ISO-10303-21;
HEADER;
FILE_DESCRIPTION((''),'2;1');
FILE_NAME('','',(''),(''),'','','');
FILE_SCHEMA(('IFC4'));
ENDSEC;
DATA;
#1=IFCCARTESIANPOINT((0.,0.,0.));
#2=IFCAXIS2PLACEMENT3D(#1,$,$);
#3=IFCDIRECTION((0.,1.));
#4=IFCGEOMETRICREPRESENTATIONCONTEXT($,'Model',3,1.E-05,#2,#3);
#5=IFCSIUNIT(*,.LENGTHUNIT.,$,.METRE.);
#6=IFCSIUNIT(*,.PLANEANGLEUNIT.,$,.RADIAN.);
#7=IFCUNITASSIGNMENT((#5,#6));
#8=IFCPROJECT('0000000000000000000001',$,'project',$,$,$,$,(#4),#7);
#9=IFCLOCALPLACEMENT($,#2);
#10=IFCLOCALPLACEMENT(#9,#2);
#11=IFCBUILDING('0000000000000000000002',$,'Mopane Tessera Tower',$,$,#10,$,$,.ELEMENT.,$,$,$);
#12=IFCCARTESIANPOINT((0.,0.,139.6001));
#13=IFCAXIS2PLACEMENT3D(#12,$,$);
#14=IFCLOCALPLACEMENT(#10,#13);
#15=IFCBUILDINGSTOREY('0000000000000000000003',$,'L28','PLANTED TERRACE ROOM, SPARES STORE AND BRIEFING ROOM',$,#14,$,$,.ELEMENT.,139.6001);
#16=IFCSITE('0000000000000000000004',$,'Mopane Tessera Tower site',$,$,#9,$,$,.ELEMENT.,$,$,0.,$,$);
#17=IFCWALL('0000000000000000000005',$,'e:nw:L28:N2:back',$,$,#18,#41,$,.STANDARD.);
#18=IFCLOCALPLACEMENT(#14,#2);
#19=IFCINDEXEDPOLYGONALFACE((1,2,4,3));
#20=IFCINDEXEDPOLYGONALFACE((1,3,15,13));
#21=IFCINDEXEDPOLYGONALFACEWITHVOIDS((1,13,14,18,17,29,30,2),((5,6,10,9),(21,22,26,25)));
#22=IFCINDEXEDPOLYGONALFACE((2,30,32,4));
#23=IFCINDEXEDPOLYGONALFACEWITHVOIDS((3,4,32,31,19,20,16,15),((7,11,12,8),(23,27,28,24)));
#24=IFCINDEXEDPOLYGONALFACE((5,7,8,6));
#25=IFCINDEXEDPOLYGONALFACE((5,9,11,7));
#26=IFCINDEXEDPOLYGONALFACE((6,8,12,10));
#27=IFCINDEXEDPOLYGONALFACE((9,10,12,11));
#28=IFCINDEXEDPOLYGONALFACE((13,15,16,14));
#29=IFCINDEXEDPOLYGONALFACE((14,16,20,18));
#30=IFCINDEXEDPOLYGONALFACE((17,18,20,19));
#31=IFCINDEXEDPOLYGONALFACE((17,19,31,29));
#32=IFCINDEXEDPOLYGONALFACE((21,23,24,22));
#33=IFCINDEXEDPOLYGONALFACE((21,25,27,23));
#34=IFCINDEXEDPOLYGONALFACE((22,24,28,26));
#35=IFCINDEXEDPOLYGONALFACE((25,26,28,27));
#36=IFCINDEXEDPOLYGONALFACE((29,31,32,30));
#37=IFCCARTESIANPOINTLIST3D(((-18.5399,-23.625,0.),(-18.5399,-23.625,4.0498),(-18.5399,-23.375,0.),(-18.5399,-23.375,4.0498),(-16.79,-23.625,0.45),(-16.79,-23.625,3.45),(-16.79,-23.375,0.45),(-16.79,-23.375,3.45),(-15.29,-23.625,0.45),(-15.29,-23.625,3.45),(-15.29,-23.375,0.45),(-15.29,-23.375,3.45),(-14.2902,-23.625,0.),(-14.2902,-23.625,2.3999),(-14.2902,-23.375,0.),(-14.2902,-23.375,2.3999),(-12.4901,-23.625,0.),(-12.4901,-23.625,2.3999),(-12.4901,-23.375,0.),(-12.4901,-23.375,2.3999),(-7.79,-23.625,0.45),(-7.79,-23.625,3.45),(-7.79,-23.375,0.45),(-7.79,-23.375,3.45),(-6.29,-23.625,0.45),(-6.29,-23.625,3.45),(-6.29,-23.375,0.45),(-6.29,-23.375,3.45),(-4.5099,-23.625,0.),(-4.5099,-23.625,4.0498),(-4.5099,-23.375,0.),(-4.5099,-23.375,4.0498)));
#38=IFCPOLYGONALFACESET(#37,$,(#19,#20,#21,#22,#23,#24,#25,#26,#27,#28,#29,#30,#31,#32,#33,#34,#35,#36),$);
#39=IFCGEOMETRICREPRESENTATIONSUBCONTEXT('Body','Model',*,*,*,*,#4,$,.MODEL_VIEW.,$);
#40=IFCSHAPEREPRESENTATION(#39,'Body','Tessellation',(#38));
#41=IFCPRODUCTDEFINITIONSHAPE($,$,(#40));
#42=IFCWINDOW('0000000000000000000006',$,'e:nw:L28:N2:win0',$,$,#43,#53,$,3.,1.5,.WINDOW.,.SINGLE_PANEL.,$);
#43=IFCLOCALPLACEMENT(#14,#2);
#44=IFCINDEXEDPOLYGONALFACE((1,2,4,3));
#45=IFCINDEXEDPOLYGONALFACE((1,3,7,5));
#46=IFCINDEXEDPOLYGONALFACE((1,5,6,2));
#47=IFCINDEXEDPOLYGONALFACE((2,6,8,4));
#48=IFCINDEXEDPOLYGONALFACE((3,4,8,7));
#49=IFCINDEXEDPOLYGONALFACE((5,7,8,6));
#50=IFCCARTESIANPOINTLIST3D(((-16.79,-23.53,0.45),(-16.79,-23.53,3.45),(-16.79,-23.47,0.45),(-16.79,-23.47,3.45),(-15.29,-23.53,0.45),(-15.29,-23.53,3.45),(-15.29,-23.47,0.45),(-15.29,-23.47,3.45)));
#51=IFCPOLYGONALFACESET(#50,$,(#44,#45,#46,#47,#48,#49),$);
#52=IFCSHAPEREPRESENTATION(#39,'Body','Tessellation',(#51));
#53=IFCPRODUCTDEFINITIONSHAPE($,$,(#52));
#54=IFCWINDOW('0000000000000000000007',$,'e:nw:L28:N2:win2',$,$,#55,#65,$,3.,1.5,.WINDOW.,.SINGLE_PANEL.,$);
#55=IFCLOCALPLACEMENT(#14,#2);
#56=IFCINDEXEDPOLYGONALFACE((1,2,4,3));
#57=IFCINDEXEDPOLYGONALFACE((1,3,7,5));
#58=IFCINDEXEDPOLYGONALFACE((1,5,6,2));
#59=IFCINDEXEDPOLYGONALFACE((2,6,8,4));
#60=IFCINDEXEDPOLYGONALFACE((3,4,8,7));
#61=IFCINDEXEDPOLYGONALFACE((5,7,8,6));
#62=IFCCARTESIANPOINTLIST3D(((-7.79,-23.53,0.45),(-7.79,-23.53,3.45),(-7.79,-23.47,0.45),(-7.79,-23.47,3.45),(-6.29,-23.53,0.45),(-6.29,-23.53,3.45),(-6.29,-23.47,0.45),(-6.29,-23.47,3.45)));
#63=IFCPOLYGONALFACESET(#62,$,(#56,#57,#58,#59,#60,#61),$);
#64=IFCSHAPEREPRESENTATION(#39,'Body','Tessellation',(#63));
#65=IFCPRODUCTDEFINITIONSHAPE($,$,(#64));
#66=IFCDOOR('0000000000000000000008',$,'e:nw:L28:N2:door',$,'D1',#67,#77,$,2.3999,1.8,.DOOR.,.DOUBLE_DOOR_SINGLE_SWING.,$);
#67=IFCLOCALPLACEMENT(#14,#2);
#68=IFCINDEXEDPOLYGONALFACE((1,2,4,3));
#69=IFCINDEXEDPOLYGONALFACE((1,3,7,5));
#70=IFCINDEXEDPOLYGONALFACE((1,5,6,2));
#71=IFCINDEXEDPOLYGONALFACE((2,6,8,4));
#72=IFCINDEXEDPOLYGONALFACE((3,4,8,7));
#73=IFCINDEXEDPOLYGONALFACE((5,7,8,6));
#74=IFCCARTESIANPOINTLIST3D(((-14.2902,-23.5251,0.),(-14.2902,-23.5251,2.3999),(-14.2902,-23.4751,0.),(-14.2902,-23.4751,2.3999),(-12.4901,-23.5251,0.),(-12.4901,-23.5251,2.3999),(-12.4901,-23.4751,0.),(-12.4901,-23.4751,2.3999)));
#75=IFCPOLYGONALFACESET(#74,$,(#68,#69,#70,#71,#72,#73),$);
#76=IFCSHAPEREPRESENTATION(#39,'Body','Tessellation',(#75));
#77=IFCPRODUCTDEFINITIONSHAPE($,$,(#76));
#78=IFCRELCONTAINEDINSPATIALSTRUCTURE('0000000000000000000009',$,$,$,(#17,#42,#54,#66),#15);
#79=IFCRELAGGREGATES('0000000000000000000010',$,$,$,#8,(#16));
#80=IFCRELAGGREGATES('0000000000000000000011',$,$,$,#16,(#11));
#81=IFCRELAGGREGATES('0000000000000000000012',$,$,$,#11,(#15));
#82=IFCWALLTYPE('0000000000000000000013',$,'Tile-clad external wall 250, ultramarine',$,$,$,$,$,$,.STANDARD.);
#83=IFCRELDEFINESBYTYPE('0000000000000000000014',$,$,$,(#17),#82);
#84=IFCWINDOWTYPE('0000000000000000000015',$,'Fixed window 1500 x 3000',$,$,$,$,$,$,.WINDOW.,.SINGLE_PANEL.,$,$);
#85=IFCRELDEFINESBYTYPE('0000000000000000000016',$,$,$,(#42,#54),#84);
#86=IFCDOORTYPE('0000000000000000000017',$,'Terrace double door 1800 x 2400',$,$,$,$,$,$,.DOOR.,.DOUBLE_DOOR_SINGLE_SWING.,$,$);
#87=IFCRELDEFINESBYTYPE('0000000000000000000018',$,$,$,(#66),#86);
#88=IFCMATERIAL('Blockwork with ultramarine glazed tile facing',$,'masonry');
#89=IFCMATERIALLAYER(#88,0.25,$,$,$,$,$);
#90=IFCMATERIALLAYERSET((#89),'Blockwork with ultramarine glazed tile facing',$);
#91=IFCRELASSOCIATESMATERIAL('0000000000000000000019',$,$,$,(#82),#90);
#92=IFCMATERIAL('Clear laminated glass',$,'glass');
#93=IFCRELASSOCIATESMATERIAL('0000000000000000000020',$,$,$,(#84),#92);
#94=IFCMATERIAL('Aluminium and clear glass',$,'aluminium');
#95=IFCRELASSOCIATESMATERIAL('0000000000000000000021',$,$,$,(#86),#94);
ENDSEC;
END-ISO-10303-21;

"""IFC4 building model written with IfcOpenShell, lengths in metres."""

from ifc_helpers import new_model, si_unit, direction, frame, frame_2d, origin, place, context, subcontext, project, spatial, rectangle, extrude, material, layer, layer_set, type_object, element, fill, save


model = new_model("IFC4")

# Units and contexts
model_context = context("Model", 3, precision=1e-05, world=origin(), true_north=direction((0.0, 1.0)))
body_context = subcontext(model_context, "Body", "Model", "MODEL_VIEW")
ifc_project = project(units=[si_unit("LENGTHUNIT", "METRE"), si_unit("PLANEANGLEUNIT", "RADIAN")], contexts=[model_context])

# Site, building, storey
site_placement = place(None, origin())
site = spatial("IfcSite", under=ifc_project, at=site_placement, Name="Mopane Tessera Tower site", CompositionType="ELEMENT", RefElevation=0.0)
building_placement = place(site_placement, origin())
building = spatial("IfcBuilding", under=site, at=building_placement, Name="Mopane Tessera Tower", CompositionType="ELEMENT")
storey_placement = place(building_placement, frame((0.0, 0.0, 139.6001)))
storey = spatial("IfcBuildingStorey", under=building, at=storey_placement, Name="L28", Description="PLANTED TERRACE ROOM, SPARES STORE AND BRIEFING ROOM", CompositionType="ELEMENT", Elevation=139.6001)

# Wall, openings, windows, door
ifc_material_1 = material(Name="Blockwork with ultramarine glazed tile facing", Category="masonry")
ifc_layer_1 = layer(ifc_material_1, 0.25)
ifc_layer_set_1 = layer_set([ifc_layer_1], Name="Blockwork with ultramarine glazed tile facing")
wall_type_1 = type_object("IfcWallType", Name="Tile-clad external wall 250, ultramarine", PredefinedType="STANDARD", material=ifc_layer_set_1)
wall_1_placement = place(storey_placement, frame((-18.54, -23.5, 0.0), z_axis=(0.0, 0.0, 1.0), x_axis=(1.0, 0.0, 0.0)))
wall_1 = element("IfcWall", 1, at=wall_1_placement, inside=storey, type_object=wall_type_1, Name="e:nw:L28:N2:back", PredefinedType="STANDARD", context=body_context, shape_type="SweptSolid", body=[
    extrude(rectangle(XDim=14.03, YDim=0.25, at=frame_2d((7.0151, 0.0))), origin(), (0.0, 0.0, 1.0), 4.0498),
])
opening_1_placement = place(wall_1_placement, frame((1.75, 0.0, 0.45)))
opening_1 = element("IfcOpeningElement", 2, at=opening_1_placement, cuts=wall_1, PredefinedType="OPENING", context=body_context, shape_type="SweptSolid", body=[
    extrude(rectangle(XDim=1.5, YDim=3.0, at=frame_2d((0.75, 1.5))), frame((0.0, 0.137, 0.0), z_axis=(0.0, -1.0, 0.0), x_axis=(1.0, 0.0, 0.0)), (0.0, 0.0, 1.0), 0.2739),
])
opening_2_placement = place(wall_1_placement, frame((4.25, 0.0, 0.0)))
opening_2 = element("IfcOpeningElement", 3, at=opening_2_placement, cuts=wall_1, PredefinedType="OPENING", context=body_context, shape_type="SweptSolid", body=[
    extrude(rectangle(XDim=1.8, YDim=2.3999, at=frame_2d((0.8999, 1.2))), frame((0.0, 0.137, 0.0), z_axis=(0.0, -1.0, 0.0), x_axis=(1.0, 0.0, 0.0)), (0.0, 0.0, 1.0), 0.2739),
])
opening_3_placement = place(wall_1_placement, frame((10.75, 0.0, 0.45)))
opening_3 = element("IfcOpeningElement", 4, at=opening_3_placement, cuts=wall_1, PredefinedType="OPENING", context=body_context, shape_type="SweptSolid", body=[
    extrude(rectangle(XDim=1.5, YDim=3.0, at=frame_2d((0.75, 1.5))), frame((0.0, 0.137, 0.0), z_axis=(0.0, -1.0, 0.0), x_axis=(1.0, 0.0, 0.0)), (0.0, 0.0, 1.0), 0.2739),
])
ifc_material_2 = material(Name="Clear laminated glass", Category="glass")
window_type = type_object("IfcWindowType", Name="Fixed window 1500 x 3000", PartitioningType="SINGLE_PANEL", PredefinedType="WINDOW", material=ifc_material_2)
window_1_placement = place(opening_1_placement, origin())
window_1 = element("IfcWindow", 5, at=window_1_placement, inside=storey, type_object=window_type, Name="e:nw:L28:N2:win0", OverallHeight=3.0, OverallWidth=1.5, PartitioningType="SINGLE_PANEL", PredefinedType="WINDOW", context=body_context, shape_type="SweptSolid", body=[
    extrude(rectangle(XDim=1.5, YDim=3.0, at=frame_2d((0.75, 1.5))), frame((0.0, 0.03, 0.0), z_axis=(0.0, -1.0, 0.0), x_axis=(1.0, 0.0, 0.0)), (0.0, 0.0, 1.0), 0.0601),
])
fill(opening_1, window_1)
window_2_placement = place(opening_3_placement, origin())
window_2 = element("IfcWindow", 6, at=window_2_placement, inside=storey, type_object=window_type, Name="e:nw:L28:N2:win2", OverallHeight=3.0, OverallWidth=1.5, PartitioningType="SINGLE_PANEL", PredefinedType="WINDOW", context=body_context, shape_type="SweptSolid", body=[
    extrude(rectangle(XDim=1.5, YDim=3.0, at=frame_2d((0.75, 1.5))), frame((0.0, 0.03, 0.0), z_axis=(0.0, -1.0, 0.0), x_axis=(1.0, 0.0, 0.0)), (0.0, 0.0, 1.0), 0.0601),
])
fill(opening_3, window_2)
ifc_material_3 = material(Name="Aluminium and clear glass", Category="aluminium")
door_type_1 = type_object("IfcDoorType", Name="Terrace double door 1800 x 2400", OperationType="DOUBLE_DOOR_SINGLE_SWING", PredefinedType="DOOR", material=ifc_material_3)
door_1_placement = place(opening_2_placement, origin())
door_1 = element("IfcDoor", 7, at=door_1_placement, inside=storey, type_object=door_type_1, Name="e:nw:L28:N2:door", ObjectType="D1", OperationType="DOUBLE_DOOR_SINGLE_SWING", OverallHeight=2.3999, OverallWidth=1.8, PredefinedType="DOOR", context=body_context, shape_type="SweptSolid", body=[
    extrude(rectangle(XDim=1.8, YDim=2.3999, at=frame_2d((0.8999, 1.2))), frame((0.0, 0.0249, 0.0), z_axis=(0.0, -1.0, 0.0), x_axis=(1.0, 0.0, 0.0)), (0.0, 0.0, 1.0), 0.05),
])
fill(opening_2, door_1)

save(model, "model.ifc")
